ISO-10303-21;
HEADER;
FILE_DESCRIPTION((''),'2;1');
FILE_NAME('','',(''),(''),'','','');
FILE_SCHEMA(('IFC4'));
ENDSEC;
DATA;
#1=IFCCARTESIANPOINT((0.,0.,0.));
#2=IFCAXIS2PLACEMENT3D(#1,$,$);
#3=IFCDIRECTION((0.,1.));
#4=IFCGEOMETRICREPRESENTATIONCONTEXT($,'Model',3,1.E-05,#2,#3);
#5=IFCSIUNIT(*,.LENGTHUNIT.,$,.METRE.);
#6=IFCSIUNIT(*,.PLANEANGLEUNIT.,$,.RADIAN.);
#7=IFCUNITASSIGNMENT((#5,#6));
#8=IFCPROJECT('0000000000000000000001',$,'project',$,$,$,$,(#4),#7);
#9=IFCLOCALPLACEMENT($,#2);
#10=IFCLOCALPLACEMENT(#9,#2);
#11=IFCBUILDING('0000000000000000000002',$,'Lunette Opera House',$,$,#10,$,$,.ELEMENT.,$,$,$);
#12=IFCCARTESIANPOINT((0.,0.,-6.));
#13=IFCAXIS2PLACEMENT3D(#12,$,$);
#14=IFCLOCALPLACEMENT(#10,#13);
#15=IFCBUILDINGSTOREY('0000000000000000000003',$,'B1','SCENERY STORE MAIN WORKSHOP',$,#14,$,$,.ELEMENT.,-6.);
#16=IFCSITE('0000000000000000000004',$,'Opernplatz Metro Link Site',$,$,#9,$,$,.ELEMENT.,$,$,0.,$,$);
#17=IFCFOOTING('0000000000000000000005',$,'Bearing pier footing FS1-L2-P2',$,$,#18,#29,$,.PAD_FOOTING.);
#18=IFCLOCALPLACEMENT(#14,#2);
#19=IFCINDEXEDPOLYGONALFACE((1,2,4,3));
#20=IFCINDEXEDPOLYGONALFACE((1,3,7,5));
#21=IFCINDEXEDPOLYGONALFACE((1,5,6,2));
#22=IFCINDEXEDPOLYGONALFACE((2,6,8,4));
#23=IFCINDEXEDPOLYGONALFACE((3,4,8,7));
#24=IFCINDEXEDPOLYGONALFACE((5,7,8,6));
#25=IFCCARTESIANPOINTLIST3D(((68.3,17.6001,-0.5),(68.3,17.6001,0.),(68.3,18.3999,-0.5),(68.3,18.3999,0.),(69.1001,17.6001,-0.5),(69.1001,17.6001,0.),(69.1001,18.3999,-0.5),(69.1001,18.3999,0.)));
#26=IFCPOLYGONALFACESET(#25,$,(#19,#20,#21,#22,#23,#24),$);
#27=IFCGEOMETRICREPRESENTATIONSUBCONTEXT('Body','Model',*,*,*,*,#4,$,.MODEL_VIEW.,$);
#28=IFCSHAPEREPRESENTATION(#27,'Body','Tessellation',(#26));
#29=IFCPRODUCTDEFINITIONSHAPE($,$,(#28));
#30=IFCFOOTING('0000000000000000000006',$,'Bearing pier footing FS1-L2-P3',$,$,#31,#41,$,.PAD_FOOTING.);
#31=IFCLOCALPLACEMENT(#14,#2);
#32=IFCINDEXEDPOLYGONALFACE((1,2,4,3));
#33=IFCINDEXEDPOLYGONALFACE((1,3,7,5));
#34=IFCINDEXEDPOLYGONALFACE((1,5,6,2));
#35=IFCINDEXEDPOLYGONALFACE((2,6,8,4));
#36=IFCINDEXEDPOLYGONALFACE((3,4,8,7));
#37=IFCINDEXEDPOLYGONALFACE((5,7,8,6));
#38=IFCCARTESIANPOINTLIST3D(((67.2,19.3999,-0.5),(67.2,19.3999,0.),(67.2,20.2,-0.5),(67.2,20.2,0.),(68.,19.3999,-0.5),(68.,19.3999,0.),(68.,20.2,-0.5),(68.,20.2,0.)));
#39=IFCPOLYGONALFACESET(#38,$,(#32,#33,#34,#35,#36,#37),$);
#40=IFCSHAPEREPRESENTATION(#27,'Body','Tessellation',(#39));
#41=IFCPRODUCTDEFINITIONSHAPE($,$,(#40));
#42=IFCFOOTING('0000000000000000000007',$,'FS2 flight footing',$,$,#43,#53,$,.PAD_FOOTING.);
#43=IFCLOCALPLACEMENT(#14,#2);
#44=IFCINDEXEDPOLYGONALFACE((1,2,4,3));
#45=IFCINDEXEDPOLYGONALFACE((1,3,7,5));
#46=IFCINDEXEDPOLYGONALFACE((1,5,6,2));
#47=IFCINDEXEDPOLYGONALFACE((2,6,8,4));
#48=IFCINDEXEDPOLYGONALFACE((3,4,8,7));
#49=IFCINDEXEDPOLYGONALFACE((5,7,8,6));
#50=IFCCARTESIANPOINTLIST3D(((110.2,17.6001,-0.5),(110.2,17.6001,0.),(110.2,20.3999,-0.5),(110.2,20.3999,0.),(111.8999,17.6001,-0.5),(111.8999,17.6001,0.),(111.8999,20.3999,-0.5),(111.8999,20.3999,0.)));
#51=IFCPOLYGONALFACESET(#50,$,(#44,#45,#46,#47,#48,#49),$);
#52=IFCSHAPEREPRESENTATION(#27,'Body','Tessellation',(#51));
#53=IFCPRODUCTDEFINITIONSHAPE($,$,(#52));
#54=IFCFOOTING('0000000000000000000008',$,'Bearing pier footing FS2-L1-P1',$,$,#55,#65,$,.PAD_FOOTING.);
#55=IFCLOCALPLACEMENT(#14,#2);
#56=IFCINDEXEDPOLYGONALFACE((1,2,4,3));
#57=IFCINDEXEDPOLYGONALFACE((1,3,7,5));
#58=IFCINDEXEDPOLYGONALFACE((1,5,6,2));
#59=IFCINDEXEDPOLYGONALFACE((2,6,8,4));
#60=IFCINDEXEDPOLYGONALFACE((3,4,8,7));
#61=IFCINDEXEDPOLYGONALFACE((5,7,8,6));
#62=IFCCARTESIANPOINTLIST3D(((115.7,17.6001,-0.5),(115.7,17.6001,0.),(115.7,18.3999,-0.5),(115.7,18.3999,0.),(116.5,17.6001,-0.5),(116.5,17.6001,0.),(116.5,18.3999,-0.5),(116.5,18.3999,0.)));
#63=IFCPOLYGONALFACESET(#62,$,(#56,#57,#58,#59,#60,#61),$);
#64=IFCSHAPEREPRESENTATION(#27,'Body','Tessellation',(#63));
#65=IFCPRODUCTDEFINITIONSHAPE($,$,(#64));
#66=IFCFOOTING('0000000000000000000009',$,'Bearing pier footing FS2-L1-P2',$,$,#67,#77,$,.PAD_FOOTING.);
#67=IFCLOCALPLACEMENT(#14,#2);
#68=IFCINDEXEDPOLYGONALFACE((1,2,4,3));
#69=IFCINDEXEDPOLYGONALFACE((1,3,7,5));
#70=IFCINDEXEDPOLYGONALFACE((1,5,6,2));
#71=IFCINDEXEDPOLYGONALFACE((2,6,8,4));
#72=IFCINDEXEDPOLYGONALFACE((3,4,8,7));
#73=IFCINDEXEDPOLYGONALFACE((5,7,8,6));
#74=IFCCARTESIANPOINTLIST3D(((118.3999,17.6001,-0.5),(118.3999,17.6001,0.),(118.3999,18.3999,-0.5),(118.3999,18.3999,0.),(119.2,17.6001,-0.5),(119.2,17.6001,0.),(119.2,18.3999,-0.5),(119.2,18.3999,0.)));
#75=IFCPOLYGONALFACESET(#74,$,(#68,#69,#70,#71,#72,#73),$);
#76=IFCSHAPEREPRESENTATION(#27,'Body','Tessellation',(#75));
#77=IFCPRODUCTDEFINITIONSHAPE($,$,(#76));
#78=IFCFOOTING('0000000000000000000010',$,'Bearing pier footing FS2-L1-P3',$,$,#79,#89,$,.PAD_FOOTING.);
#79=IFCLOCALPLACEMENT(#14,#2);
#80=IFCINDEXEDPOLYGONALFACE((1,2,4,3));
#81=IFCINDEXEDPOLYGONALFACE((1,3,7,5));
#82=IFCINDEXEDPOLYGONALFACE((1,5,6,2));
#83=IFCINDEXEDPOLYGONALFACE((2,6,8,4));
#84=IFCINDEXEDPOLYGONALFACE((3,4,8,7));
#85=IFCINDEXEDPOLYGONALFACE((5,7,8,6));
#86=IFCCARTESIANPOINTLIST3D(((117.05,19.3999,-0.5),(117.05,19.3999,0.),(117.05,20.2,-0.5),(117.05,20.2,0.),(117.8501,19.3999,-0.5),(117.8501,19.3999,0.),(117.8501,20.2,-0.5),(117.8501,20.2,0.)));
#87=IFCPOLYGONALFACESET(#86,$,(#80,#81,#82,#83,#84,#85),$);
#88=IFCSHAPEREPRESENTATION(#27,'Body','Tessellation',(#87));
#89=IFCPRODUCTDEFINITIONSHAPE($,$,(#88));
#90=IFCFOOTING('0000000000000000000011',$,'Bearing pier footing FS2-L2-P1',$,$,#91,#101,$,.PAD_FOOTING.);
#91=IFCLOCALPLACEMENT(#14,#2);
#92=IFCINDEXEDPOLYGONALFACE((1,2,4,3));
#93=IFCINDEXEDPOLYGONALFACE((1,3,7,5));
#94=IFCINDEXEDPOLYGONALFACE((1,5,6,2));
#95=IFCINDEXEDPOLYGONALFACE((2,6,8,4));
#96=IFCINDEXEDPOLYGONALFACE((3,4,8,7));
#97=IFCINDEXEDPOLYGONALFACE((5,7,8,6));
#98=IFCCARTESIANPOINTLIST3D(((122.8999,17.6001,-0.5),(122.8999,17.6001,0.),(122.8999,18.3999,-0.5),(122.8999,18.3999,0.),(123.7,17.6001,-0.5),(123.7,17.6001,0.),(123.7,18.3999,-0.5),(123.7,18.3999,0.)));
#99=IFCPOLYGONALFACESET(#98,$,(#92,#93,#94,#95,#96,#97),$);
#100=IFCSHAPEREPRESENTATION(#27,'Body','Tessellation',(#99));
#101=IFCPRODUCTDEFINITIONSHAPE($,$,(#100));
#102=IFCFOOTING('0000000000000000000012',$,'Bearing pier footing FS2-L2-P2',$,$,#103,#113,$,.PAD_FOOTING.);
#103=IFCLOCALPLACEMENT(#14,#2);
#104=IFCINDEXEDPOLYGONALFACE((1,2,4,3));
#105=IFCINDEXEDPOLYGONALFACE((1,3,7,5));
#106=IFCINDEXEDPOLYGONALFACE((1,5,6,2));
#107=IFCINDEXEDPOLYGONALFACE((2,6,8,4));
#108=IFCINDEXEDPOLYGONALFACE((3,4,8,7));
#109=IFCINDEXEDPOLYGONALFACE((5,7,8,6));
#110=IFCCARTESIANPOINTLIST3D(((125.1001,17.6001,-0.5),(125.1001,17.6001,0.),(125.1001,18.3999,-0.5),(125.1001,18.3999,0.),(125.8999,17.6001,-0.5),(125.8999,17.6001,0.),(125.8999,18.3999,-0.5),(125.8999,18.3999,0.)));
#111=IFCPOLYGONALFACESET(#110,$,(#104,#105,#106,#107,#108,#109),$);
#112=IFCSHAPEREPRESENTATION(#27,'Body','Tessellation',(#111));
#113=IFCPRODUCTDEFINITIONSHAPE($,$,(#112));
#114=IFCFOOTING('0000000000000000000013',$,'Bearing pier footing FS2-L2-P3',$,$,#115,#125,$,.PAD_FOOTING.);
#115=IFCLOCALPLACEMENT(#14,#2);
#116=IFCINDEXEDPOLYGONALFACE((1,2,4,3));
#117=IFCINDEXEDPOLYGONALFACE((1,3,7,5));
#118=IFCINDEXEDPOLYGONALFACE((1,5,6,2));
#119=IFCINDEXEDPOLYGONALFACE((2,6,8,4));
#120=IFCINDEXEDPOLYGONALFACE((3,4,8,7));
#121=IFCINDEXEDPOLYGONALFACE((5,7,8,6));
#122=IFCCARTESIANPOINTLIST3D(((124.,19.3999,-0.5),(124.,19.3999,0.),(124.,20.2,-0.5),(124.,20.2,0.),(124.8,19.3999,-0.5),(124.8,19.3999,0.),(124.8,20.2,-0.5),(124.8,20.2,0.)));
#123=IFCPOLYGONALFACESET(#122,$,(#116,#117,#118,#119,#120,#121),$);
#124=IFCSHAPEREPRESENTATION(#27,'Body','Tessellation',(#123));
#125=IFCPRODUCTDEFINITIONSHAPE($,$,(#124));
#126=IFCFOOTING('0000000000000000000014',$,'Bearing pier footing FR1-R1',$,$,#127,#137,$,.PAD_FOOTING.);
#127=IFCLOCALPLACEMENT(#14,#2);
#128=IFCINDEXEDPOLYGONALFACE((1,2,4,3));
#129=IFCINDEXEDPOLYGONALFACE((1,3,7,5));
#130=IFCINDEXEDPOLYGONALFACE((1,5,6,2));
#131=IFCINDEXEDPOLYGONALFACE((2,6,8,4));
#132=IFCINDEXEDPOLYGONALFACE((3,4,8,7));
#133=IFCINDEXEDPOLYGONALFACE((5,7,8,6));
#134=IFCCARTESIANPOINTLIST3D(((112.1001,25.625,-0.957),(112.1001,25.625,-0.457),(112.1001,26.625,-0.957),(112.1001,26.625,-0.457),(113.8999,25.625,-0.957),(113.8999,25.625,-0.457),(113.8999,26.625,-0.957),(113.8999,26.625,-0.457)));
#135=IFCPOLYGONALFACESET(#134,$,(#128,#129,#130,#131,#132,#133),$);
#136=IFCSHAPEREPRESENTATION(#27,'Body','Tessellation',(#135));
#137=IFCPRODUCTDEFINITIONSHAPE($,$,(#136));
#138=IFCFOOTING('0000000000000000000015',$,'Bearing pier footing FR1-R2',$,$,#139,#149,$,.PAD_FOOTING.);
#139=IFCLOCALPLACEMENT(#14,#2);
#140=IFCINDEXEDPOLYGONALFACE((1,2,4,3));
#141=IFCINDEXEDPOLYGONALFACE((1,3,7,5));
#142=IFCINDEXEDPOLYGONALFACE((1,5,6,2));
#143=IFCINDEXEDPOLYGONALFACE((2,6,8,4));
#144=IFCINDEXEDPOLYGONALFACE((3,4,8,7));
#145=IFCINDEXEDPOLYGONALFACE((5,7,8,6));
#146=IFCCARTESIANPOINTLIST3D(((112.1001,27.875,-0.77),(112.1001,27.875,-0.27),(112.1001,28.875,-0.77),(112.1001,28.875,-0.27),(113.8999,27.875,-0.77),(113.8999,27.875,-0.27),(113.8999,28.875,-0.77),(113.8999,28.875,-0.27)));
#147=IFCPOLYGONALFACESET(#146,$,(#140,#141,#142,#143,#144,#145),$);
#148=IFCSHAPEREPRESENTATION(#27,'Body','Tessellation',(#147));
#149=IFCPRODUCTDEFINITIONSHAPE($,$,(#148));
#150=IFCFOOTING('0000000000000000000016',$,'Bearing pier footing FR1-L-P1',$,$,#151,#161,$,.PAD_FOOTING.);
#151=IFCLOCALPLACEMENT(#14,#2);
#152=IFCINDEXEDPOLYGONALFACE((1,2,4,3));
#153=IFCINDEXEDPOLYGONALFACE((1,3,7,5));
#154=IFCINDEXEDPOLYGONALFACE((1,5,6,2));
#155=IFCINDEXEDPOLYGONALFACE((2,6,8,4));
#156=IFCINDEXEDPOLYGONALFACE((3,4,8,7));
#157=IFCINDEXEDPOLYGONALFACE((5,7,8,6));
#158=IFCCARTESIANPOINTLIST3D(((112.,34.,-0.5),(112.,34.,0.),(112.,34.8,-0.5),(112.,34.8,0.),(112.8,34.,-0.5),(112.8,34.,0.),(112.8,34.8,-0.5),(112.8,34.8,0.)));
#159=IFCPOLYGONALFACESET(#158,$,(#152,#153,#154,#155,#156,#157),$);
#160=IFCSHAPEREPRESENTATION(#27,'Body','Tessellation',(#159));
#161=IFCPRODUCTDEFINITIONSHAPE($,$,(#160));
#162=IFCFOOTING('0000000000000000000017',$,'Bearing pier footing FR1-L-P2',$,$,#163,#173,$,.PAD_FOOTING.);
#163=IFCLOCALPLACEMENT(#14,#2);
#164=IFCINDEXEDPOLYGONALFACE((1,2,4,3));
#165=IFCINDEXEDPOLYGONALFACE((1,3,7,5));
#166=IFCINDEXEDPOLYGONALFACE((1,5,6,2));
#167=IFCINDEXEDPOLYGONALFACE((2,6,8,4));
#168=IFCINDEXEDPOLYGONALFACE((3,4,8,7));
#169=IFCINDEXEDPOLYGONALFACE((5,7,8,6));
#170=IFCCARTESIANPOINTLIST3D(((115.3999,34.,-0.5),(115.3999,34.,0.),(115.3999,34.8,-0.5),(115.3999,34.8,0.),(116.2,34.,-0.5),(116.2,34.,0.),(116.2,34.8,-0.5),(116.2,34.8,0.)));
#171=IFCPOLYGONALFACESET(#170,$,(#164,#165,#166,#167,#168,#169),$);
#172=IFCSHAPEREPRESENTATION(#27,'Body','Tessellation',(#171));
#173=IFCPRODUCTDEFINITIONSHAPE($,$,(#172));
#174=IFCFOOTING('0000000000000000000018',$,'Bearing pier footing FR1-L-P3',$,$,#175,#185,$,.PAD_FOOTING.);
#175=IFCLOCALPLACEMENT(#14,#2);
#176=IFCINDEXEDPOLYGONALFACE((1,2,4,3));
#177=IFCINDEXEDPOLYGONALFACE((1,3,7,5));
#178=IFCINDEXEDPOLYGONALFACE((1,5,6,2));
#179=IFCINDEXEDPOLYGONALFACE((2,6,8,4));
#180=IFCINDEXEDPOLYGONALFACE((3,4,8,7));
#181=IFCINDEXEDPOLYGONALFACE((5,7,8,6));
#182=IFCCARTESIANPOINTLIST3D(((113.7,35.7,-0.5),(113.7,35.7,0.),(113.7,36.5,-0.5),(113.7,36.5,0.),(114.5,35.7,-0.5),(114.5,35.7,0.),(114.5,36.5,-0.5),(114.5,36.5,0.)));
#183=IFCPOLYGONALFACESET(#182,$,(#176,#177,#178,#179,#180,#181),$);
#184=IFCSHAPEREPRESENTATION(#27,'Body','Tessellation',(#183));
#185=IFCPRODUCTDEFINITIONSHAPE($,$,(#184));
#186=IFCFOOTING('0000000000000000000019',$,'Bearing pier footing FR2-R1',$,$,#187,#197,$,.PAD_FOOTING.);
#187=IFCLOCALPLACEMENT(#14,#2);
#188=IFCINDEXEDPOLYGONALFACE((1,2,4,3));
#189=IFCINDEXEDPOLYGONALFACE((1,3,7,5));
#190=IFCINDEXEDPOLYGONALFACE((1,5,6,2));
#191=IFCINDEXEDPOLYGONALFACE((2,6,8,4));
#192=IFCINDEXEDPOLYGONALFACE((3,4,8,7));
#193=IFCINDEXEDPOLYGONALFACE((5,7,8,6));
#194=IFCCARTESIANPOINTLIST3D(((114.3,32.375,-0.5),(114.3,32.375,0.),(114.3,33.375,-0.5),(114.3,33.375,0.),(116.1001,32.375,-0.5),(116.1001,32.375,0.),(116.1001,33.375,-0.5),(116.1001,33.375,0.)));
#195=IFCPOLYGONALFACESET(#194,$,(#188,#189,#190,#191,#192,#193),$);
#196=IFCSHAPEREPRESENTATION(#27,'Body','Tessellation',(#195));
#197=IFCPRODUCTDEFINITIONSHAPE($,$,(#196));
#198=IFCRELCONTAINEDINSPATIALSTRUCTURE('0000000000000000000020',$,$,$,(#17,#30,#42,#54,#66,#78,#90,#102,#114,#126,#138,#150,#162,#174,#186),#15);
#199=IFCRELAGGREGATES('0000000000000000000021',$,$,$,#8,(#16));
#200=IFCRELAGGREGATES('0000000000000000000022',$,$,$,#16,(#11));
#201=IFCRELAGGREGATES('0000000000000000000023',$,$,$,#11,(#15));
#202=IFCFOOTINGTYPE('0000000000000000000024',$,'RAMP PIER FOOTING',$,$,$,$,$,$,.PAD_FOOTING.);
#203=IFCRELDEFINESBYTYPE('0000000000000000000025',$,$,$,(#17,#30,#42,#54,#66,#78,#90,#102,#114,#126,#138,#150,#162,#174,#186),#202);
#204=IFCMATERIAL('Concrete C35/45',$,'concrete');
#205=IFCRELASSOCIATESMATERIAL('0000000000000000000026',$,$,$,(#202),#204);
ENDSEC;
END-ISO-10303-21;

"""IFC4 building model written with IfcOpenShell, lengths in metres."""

from ifc_helpers import new_model, si_unit, direction, frame, origin, place, context, subcontext, project, spatial, polyline, outline, extrude, material, type_object, element, save


model = new_model("IFC4")

# Units and contexts
model_context = context("Model", 3, precision=1e-05, world=origin(), true_north=direction((0.0, 1.0)))
body_context = subcontext(model_context, "Body", "Model", "MODEL_VIEW")
ifc_project = project(units=[si_unit("LENGTHUNIT", "METRE"), si_unit("PLANEANGLEUNIT", "RADIAN")], contexts=[model_context])

# Site, building, storey
site_placement = place(None, origin())
site = spatial("IfcSite", under=ifc_project, at=site_placement, Name="Opernplatz Metro Link Site", CompositionType="ELEMENT", RefElevation=0.0)
building_placement = place(site_placement, origin())
building = spatial("IfcBuilding", under=site, at=building_placement, Name="Lunette Opera House", CompositionType="ELEMENT")
storey_placement = place(building_placement, frame((0.0, 0.0, -6.0)))
storey = spatial("IfcBuildingStorey", under=building, at=storey_placement, Name="B1", Description="SCENERY STORE MAIN WORKSHOP", CompositionType="ELEMENT", Elevation=-6.0)

# Footings
ifc_material_1 = material(Name="Concrete C35/45", Category="concrete")
footing_type_1 = type_object("IfcFootingType", Name="RAMP PIER FOOTING", PredefinedType="PAD_FOOTING", material=ifc_material_1)
footing_1_placement = place(storey_placement, frame((0.0, 0.0, -0.5)))
element("IfcFooting", 1, at=footing_1_placement, inside=storey, type_object=footing_type_1, Name="Bearing pier footing FS1-L2-P2", PredefinedType="PAD_FOOTING", context=body_context, shape_type="SweptSolid", body=[
    extrude(outline(polyline([(68.3, 17.6001), (69.1001, 17.6001), (69.1001, 18.3999), (68.3, 18.3999), (68.3, 17.6001)])), origin(), (0.0, 0.0, 1.0), 0.5),
])
footing_2_placement = place(storey_placement, frame((0.0, 0.0, -0.5)))
element("IfcFooting", 2, at=footing_2_placement, inside=storey, type_object=footing_type_1, Name="Bearing pier footing FS1-L2-P3", PredefinedType="PAD_FOOTING", context=body_context, shape_type="SweptSolid", body=[
    extrude(outline(polyline([(67.2, 19.3999), (68.0, 19.3999), (68.0, 20.2), (67.2, 20.2), (67.2, 19.3999)])), origin(), (0.0, 0.0, 1.0), 0.5),
])
footing_3_placement = place(storey_placement, frame((0.0, 0.0, -0.5)))
element("IfcFooting", 3, at=footing_3_placement, inside=storey, type_object=footing_type_1, Name="FS2 flight footing", PredefinedType="PAD_FOOTING", context=body_context, shape_type="SweptSolid", body=[
    extrude(outline(polyline([(110.2, 17.6001), (111.8999, 17.6001), (111.8999, 20.3999), (110.2, 20.3999), (110.2, 17.6001)])), origin(), (0.0, 0.0, 1.0), 0.5),
])
footing_4_placement = place(storey_placement, frame((0.0, 0.0, -0.5)))
element("IfcFooting", 4, at=footing_4_placement, inside=storey, type_object=footing_type_1, Name="Bearing pier footing FS2-L1-P1", PredefinedType="PAD_FOOTING", context=body_context, shape_type="SweptSolid", body=[
    extrude(outline(polyline([(115.7, 17.6001), (116.5, 17.6001), (116.5, 18.3999), (115.7, 18.3999), (115.7, 17.6001)])), origin(), (0.0, 0.0, 1.0), 0.5),
])
footing_5_placement = place(storey_placement, frame((0.0, 0.0, -0.5)))
element("IfcFooting", 5, at=footing_5_placement, inside=storey, type_object=footing_type_1, Name="Bearing pier footing FS2-L1-P2", PredefinedType="PAD_FOOTING", context=body_context, shape_type="SweptSolid", body=[
    extrude(outline(polyline([(118.3999, 17.6001), (119.2, 17.6001), (119.2, 18.3999), (118.3999, 18.3999), (118.3999, 17.6001)])), origin(), (0.0, 0.0, 1.0), 0.5),
])
footing_6_placement = place(storey_placement, frame((0.0, 0.0, -0.5)))
element("IfcFooting", 6, at=footing_6_placement, inside=storey, type_object=footing_type_1, Name="Bearing pier footing FS2-L1-P3", PredefinedType="PAD_FOOTING", context=body_context, shape_type="SweptSolid", body=[
    extrude(outline(polyline([(117.05, 19.3999), (117.8501, 19.3999), (117.8501, 20.2), (117.05, 20.2), (117.05, 19.3999)])), origin(), (0.0, 0.0, 1.0), 0.5),
])
footing_7_placement = place(storey_placement, frame((0.0, 0.0, -0.5)))
element("IfcFooting", 7, at=footing_7_placement, inside=storey, type_object=footing_type_1, Name="Bearing pier footing FS2-L2-P1", PredefinedType="PAD_FOOTING", context=body_context, shape_type="SweptSolid", body=[
    extrude(outline(polyline([(122.8999, 17.6001), (123.7, 17.6001), (123.7, 18.3999), (122.8999, 18.3999), (122.8999, 17.6001)])), origin(), (0.0, 0.0, 1.0), 0.5),
])
footing_8_placement = place(storey_placement, frame((0.0, 0.0, -0.5)))
element("IfcFooting", 8, at=footing_8_placement, inside=storey, type_object=footing_type_1, Name="Bearing pier footing FS2-L2-P2", PredefinedType="PAD_FOOTING", context=body_context, shape_type="SweptSolid", body=[
    extrude(outline(polyline([(125.1001, 17.6001), (125.8999, 17.6001), (125.8999, 18.3999), (125.1001, 18.3999), (125.1001, 17.6001)])), origin(), (0.0, 0.0, 1.0), 0.5),
])
footing_9_placement = place(storey_placement, frame((0.0, 0.0, -0.5)))
element("IfcFooting", 9, at=footing_9_placement, inside=storey, type_object=footing_type_1, Name="Bearing pier footing FS2-L2-P3", PredefinedType="PAD_FOOTING", context=body_context, shape_type="SweptSolid", body=[
    extrude(outline(polyline([(124.0, 19.3999), (124.8, 19.3999), (124.8, 20.2), (124.0, 20.2), (124.0, 19.3999)])), origin(), (0.0, 0.0, 1.0), 0.5),
])
footing_10_placement = place(storey_placement, frame((0.0, 0.0, -0.957)))
element("IfcFooting", 10, at=footing_10_placement, inside=storey, type_object=footing_type_1, Name="Bearing pier footing FR1-R1", PredefinedType="PAD_FOOTING", context=body_context, shape_type="SweptSolid", body=[
    extrude(outline(polyline([(112.1001, 25.625), (113.8999, 25.625), (113.8999, 26.625), (112.1001, 26.625), (112.1001, 25.625)])), origin(), (0.0, 0.0, 1.0), 0.5),
])
footing_11_placement = place(storey_placement, frame((0.0, 0.0, -0.77)))
element("IfcFooting", 11, at=footing_11_placement, inside=storey, type_object=footing_type_1, Name="Bearing pier footing FR1-R2", PredefinedType="PAD_FOOTING", context=body_context, shape_type="SweptSolid", body=[
    extrude(outline(polyline([(112.1001, 27.875), (113.8999, 27.875), (113.8999, 28.875), (112.1001, 28.875), (112.1001, 27.875)])), origin(), (0.0, 0.0, 1.0), 0.5),
])
footing_12_placement = place(storey_placement, frame((0.0, 0.0, -0.5)))
element("IfcFooting", 12, at=footing_12_placement, inside=storey, type_object=footing_type_1, Name="Bearing pier footing FR1-L-P1", PredefinedType="PAD_FOOTING", context=body_context, shape_type="SweptSolid", body=[
    extrude(outline(polyline([(112.0, 34.0), (112.8, 34.0), (112.8, 34.8), (112.0, 34.8), (112.0, 34.0)])), origin(), (0.0, 0.0, 1.0), 0.5),
])
footing_13_placement = place(storey_placement, frame((0.0, 0.0, -0.5)))
element("IfcFooting", 13, at=footing_13_placement, inside=storey, type_object=footing_type_1, Name="Bearing pier footing FR1-L-P2", PredefinedType="PAD_FOOTING", context=body_context, shape_type="SweptSolid", body=[
    extrude(outline(polyline([(115.3999, 34.0), (116.2, 34.0), (116.2, 34.8), (115.3999, 34.8), (115.3999, 34.0)])), origin(), (0.0, 0.0, 1.0), 0.5),
])
footing_14_placement = place(storey_placement, frame((0.0, 0.0, -0.5)))
element("IfcFooting", 14, at=footing_14_placement, inside=storey, type_object=footing_type_1, Name="Bearing pier footing FR1-L-P3", PredefinedType="PAD_FOOTING", context=body_context, shape_type="SweptSolid", body=[
    extrude(outline(polyline([(113.7, 35.7), (114.5, 35.7), (114.5, 36.5), (113.7, 36.5), (113.7, 35.7)])), origin(), (0.0, 0.0, 1.0), 0.5),
])
footing_15_placement = place(storey_placement, frame((0.0, 0.0, -0.5)))
element("IfcFooting", 15, at=footing_15_placement, inside=storey, type_object=footing_type_1, Name="Bearing pier footing FR2-R1", PredefinedType="PAD_FOOTING", context=body_context, shape_type="SweptSolid", body=[
    extrude(outline(polyline([(114.3, 32.375), (116.1001, 32.375), (116.1001, 33.375), (114.3, 33.375), (114.3, 32.375)])), origin(), (0.0, 0.0, 1.0), 0.5),
])

save(model, "model.ifc")
